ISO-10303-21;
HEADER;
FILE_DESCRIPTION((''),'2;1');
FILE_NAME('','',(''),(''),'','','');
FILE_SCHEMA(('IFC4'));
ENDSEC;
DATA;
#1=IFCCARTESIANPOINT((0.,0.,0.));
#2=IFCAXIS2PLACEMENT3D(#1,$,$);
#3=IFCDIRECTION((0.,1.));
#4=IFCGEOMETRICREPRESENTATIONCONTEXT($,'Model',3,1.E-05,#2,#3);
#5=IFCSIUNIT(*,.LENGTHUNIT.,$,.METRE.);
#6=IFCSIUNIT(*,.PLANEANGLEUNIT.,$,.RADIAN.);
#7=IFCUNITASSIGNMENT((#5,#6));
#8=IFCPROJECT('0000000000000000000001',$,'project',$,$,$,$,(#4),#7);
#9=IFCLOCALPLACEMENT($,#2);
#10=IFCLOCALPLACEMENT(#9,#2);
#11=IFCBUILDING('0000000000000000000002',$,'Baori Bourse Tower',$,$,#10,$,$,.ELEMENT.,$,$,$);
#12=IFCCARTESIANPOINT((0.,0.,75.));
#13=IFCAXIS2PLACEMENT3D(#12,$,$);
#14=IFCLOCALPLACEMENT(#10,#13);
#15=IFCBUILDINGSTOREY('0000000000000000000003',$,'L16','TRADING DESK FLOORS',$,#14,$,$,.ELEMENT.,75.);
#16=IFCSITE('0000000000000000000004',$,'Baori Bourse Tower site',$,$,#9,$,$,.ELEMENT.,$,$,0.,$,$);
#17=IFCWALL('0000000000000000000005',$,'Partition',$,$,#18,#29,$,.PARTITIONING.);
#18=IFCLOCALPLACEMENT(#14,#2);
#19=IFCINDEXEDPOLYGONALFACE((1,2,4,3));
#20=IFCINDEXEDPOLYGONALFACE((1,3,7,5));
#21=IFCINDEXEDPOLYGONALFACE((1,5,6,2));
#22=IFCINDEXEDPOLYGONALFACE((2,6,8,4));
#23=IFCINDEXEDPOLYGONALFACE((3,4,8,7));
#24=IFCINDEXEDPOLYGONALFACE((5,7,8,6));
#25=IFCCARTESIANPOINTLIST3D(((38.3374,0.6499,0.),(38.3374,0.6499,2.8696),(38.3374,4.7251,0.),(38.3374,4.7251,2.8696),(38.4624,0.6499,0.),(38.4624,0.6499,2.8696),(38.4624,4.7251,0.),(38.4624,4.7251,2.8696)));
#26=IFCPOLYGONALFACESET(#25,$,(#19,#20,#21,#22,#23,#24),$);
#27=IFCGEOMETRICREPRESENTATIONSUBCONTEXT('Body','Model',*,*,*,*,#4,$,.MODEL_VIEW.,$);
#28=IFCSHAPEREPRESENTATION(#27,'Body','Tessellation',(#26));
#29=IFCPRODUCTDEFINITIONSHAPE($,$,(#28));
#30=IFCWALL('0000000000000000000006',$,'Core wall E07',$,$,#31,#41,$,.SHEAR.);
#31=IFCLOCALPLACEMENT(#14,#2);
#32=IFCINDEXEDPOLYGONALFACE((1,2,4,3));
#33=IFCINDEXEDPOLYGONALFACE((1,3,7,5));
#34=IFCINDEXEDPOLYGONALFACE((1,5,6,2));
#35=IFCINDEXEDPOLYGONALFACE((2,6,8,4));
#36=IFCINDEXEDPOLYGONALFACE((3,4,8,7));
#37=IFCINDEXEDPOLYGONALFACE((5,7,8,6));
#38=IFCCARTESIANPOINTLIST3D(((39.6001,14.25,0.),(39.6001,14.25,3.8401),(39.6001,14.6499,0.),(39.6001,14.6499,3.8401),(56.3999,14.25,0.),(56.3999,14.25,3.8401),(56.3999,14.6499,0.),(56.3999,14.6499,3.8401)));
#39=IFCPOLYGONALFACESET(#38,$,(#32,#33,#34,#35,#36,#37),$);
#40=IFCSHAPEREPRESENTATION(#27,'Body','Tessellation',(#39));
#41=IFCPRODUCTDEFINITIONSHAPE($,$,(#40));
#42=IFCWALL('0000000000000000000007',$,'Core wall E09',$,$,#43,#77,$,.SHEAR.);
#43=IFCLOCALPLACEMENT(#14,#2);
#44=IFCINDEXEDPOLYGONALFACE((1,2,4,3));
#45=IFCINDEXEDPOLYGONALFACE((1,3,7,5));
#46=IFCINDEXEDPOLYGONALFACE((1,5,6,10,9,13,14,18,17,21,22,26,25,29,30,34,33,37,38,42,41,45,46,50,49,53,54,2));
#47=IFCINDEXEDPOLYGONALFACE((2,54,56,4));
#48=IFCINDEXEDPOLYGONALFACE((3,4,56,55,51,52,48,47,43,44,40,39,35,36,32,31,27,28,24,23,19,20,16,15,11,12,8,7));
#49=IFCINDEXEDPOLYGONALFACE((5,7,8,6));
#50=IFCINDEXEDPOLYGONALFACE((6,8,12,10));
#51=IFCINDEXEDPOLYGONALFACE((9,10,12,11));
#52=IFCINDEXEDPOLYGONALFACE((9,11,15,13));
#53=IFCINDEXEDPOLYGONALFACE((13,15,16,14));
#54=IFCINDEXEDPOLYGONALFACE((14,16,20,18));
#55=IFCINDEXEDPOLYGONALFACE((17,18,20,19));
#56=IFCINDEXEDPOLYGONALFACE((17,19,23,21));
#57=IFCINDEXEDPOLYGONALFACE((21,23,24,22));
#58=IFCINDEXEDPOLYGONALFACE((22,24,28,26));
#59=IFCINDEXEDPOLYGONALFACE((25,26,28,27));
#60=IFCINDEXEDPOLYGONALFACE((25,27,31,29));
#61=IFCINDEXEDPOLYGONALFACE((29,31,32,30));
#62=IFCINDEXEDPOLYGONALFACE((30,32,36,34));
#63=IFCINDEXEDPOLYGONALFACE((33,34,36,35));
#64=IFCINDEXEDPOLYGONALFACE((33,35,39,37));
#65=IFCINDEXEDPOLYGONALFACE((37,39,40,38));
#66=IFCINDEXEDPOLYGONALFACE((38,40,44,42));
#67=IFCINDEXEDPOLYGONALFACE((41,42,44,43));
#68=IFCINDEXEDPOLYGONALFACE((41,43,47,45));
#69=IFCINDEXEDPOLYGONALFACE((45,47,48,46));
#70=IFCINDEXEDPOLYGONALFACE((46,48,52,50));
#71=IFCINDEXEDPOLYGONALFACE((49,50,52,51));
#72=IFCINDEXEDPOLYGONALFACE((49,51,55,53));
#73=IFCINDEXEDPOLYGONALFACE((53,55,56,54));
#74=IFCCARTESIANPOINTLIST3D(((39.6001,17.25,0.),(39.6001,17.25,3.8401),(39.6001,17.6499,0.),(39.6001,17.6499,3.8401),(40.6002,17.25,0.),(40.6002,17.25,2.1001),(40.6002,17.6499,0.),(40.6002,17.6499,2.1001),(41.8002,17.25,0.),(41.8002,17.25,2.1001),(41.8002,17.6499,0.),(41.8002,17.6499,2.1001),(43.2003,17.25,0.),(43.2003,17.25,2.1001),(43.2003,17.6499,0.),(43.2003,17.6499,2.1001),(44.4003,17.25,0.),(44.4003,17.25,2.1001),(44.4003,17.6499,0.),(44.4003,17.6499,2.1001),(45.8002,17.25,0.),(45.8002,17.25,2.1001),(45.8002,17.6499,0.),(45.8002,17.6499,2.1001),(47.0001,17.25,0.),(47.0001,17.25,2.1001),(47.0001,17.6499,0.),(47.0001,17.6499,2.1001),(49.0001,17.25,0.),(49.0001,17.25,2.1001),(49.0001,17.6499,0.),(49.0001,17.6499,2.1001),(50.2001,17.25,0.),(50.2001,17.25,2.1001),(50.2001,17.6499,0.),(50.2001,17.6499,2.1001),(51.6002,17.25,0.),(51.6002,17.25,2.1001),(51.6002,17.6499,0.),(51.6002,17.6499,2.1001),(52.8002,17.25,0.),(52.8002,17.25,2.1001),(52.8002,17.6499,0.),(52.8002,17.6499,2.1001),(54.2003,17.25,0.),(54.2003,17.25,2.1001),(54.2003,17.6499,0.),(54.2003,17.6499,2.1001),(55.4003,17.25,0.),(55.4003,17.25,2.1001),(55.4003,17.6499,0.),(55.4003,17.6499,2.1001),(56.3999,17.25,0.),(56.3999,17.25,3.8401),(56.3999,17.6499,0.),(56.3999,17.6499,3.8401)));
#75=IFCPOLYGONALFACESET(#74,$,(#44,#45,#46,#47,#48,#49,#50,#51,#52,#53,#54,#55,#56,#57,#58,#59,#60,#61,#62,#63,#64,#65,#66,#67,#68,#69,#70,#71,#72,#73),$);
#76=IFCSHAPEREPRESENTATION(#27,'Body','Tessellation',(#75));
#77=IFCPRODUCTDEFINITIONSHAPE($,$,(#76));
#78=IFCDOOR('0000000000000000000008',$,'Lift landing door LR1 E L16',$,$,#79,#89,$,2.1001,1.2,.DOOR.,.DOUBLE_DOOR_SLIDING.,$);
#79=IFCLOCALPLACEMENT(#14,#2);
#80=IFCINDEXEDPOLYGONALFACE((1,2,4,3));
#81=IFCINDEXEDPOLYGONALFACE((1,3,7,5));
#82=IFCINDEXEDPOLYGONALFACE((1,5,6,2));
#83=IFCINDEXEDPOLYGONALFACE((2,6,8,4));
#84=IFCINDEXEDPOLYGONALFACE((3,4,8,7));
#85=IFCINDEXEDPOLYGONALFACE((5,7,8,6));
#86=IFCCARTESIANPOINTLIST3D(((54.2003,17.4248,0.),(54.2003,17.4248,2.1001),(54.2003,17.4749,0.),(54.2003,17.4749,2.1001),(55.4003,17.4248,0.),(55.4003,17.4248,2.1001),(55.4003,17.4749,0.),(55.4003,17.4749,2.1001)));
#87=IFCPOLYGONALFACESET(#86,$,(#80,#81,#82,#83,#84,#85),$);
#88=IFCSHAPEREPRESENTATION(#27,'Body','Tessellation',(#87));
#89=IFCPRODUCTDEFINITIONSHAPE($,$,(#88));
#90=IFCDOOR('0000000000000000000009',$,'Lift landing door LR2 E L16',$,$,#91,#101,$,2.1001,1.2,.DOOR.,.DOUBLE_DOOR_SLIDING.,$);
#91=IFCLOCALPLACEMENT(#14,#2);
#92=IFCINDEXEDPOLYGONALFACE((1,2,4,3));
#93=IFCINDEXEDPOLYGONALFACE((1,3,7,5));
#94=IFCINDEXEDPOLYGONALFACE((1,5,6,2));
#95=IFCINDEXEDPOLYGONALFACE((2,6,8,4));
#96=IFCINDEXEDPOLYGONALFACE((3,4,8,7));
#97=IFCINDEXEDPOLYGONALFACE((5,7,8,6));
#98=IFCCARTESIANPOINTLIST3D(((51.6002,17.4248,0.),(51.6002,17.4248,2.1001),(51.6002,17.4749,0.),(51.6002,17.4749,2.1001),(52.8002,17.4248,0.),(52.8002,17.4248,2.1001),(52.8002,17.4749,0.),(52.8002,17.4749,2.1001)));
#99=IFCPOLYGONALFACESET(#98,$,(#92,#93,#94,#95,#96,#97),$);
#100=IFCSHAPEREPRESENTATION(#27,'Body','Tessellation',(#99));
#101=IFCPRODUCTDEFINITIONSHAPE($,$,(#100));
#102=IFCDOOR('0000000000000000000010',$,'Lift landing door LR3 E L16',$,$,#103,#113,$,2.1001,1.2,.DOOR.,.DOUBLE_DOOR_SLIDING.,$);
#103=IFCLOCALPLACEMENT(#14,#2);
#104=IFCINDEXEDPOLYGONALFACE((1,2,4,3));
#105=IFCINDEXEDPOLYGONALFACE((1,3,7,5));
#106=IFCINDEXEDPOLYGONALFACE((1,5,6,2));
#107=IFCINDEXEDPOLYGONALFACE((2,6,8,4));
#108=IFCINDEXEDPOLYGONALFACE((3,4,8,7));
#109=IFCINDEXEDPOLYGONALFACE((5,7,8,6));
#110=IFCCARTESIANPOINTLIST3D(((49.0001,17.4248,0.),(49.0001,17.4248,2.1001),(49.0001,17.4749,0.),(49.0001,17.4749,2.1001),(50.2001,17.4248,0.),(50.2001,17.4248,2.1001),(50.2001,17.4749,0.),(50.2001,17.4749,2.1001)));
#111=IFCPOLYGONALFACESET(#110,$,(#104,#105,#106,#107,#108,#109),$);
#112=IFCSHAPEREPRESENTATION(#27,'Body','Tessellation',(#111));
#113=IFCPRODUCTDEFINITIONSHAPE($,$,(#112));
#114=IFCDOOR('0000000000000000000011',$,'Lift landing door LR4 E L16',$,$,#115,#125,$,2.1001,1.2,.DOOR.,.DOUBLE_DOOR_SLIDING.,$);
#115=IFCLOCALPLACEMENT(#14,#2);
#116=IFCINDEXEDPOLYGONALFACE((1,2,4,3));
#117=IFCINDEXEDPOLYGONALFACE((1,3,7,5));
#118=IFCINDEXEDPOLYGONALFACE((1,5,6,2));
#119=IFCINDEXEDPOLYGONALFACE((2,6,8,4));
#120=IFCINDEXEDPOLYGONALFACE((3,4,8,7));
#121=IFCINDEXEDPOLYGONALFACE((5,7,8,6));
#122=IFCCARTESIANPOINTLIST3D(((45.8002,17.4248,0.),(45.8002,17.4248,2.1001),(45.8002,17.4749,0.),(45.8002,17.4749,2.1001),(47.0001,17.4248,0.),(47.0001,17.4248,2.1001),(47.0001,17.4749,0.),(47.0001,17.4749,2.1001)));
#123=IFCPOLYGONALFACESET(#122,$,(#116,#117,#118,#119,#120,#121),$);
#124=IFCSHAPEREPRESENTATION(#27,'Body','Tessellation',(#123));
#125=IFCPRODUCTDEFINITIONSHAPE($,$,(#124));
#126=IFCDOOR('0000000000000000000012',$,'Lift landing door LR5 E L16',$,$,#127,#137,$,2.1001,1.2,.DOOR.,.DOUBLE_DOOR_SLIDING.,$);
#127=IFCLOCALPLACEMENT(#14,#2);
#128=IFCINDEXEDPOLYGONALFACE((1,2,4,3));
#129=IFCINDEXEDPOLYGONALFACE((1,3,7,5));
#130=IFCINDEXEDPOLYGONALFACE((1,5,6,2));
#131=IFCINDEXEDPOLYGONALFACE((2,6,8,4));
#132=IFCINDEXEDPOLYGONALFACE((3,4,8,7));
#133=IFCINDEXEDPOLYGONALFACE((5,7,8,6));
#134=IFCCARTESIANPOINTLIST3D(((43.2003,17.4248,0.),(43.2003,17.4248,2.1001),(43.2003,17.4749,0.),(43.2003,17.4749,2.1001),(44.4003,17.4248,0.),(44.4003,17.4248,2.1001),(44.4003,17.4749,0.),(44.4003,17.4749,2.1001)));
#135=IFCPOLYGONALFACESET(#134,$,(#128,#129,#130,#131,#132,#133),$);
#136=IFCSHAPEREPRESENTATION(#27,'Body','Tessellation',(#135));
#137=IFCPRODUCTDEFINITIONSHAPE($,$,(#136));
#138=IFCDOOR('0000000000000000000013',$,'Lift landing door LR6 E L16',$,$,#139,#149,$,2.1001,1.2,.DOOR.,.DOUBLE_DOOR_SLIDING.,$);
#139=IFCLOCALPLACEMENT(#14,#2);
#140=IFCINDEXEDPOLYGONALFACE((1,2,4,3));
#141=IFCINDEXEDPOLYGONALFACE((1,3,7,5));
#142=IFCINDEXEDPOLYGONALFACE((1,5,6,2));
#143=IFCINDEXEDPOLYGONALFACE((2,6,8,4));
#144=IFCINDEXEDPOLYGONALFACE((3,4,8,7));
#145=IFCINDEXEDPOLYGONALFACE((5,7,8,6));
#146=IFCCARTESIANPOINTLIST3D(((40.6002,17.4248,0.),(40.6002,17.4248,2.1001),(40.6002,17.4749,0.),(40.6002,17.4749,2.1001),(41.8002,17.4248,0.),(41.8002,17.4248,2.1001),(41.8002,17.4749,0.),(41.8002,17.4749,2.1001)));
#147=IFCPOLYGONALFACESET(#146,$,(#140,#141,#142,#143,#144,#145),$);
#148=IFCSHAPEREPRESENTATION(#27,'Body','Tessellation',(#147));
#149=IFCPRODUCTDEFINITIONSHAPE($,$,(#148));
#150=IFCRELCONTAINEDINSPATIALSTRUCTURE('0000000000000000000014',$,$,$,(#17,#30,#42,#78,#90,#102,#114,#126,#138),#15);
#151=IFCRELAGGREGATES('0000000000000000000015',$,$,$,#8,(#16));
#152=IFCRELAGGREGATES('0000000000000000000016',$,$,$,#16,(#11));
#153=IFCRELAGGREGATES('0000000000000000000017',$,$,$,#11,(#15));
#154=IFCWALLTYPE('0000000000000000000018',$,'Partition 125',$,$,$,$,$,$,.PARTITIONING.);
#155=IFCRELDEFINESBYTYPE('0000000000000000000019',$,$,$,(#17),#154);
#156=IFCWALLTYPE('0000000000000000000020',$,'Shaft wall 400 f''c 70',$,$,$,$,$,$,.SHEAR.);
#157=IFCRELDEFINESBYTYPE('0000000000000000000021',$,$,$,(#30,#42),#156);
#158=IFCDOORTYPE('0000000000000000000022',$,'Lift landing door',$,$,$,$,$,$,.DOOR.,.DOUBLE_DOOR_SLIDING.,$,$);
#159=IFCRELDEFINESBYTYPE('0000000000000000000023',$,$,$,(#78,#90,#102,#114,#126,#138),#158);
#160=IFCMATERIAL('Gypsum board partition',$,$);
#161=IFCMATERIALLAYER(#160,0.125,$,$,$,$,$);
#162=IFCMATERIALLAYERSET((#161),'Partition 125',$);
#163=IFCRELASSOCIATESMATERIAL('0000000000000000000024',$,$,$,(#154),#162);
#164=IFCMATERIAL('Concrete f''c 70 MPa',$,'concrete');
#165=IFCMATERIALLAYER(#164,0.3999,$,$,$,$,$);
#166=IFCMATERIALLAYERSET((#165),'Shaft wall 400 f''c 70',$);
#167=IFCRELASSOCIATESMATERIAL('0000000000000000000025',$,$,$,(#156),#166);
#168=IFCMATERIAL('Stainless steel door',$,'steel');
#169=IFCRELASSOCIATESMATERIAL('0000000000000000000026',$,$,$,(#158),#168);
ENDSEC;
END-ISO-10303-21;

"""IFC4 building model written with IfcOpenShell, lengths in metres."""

from ifc_helpers import new_model, si_unit, direction, frame, frame_2d, origin, place, context, subcontext, project, spatial, rectangle, extrude, material, layer, layer_set, type_object, element, fill, save


model = new_model("IFC4")

# Units and contexts
model_context = context("Model", 3, precision=1e-05, world=origin(), true_north=direction((0.0, 1.0)))
body_context = subcontext(model_context, "Body", "Model", "MODEL_VIEW")
ifc_project = project(units=[si_unit("LENGTHUNIT", "METRE"), si_unit("PLANEANGLEUNIT", "RADIAN")], contexts=[model_context])

# Site, building, storey
site_placement = place(None, origin())
site = spatial("IfcSite", under=ifc_project, at=site_placement, Name="Baori Bourse Tower site", CompositionType="ELEMENT", RefElevation=0.0)
building_placement = place(site_placement, origin())
building = spatial("IfcBuilding", under=site, at=building_placement, Name="Baori Bourse Tower", CompositionType="ELEMENT")
storey_placement = place(building_placement, frame((0.0, 0.0, 75.0)))
storey = spatial("IfcBuildingStorey", under=building, at=storey_placement, Name="L16", Description="TRADING DESK FLOORS", CompositionType="ELEMENT", Elevation=75.0)

# Walls
ifc_material_1 = material(Name="Gypsum board partition")
ifc_layer_1 = layer(ifc_material_1, 0.125)
ifc_layer_set_1 = layer_set([ifc_layer_1], Name="Partition 125")
wall_type_1 = type_object("IfcWallType", Name="Partition 125", PredefinedType="PARTITIONING", material=ifc_layer_set_1)
wall_1_placement = place(storey_placement, frame((38.3999, 0.6499, 0.0), z_axis=(0.0, 0.0, 1.0), x_axis=(0.0, 1.0, 0.0)))
element("IfcWall", 1, at=wall_1_placement, inside=storey, type_object=wall_type_1, Name="Partition", PredefinedType="PARTITIONING", context=body_context, shape_type="SweptSolid", body=[
    extrude(rectangle(XDim=4.0752, YDim=0.125, at=frame_2d((2.0376, 0.0))), origin(), (0.0, 0.0, 1.0), 2.8696),
])
ifc_material_2 = material(Name="Concrete f'c 70 MPa", Category="concrete")
ifc_layer_2 = layer(ifc_material_2, 0.3999)
ifc_layer_set_2 = layer_set([ifc_layer_2], Name="Shaft wall 400 f'c 70")
wall_type_2 = type_object("IfcWallType", Name="Shaft wall 400 f'c 70", PredefinedType="SHEAR", material=ifc_layer_set_2)
wall_2_placement = place(storey_placement, frame((39.6001, 14.45, 0.0), z_axis=(0.0, 0.0, 1.0), x_axis=(1.0, 0.0, 0.0)))
element("IfcWall", 2, at=wall_2_placement, inside=storey, type_object=wall_type_2, Name="Core wall E07", PredefinedType="SHEAR", context=body_context, shape_type="SweptSolid", body=[
    extrude(rectangle(XDim=16.7998, YDim=0.3999, at=frame_2d((8.3999, 0.0))), origin(), (0.0, 0.0, 1.0), 3.8401),
])

# Wall, openings, doors
wall_3_placement = place(storey_placement, frame((39.6001, 17.45, 0.0), z_axis=(0.0, 0.0, 1.0), x_axis=(1.0, 0.0, 0.0)))
wall_3 = element("IfcWall", 3, at=wall_3_placement, inside=storey, type_object=wall_type_2, Name="Core wall E09", PredefinedType="SHEAR", context=body_context, shape_type="SweptSolid", body=[
    extrude(rectangle(XDim=16.7998, YDim=0.3999, at=frame_2d((8.3999, 0.0))), origin(), (0.0, 0.0, 1.0), 3.8401),
])
opening_1_placement = place(wall_3_placement, frame((14.6001, 0.0, 0.0)))
opening_1 = element("IfcOpeningElement", 4, at=opening_1_placement, cuts=wall_3, PredefinedType="OPENING", context=body_context, shape_type="SweptSolid", body=[
    extrude(rectangle(XDim=1.2, YDim=2.1001, at=frame_2d((0.6001, 1.05))), frame((0.0, 0.21, 0.0), z_axis=(0.0, -1.0, 0.0), x_axis=(1.0, 0.0, 0.0)), (0.0, 0.0, 1.0), 0.4199),
])
opening_2_placement = place(wall_3_placement, frame((12.0, 0.0, 0.0)))
opening_2 = element("IfcOpeningElement", 5, at=opening_2_placement, cuts=wall_3, PredefinedType="OPENING", context=body_context, shape_type="SweptSolid", body=[
    extrude(rectangle(XDim=1.2, YDim=2.1001, at=frame_2d((0.6001, 1.05))), frame((0.0, 0.21, 0.0), z_axis=(0.0, -1.0, 0.0), x_axis=(1.0, 0.0, 0.0)), (0.0, 0.0, 1.0), 0.4199),
])
opening_3_placement = place(wall_3_placement, frame((9.3999, 0.0, 0.0)))
opening_3 = element("IfcOpeningElement", 6, at=opening_3_placement, cuts=wall_3, PredefinedType="OPENING", context=body_context, shape_type="SweptSolid", body=[
    extrude(rectangle(XDim=1.2, YDim=2.1001, at=frame_2d((0.6001, 1.05))), frame((0.0, 0.21, 0.0), z_axis=(0.0, -1.0, 0.0), x_axis=(1.0, 0.0, 0.0)), (0.0, 0.0, 1.0), 0.4199),
])
opening_4_placement = place(wall_3_placement, frame((6.2, 0.0, 0.0)))
opening_4 = element("IfcOpeningElement", 7, at=opening_4_placement, cuts=wall_3, PredefinedType="OPENING", context=body_context, shape_type="SweptSolid", body=[
    extrude(rectangle(XDim=1.2, YDim=2.1001, at=frame_2d((0.6001, 1.05))), frame((0.0, 0.21, 0.0), z_axis=(0.0, -1.0, 0.0), x_axis=(1.0, 0.0, 0.0)), (0.0, 0.0, 1.0), 0.4199),
])
opening_5_placement = place(wall_3_placement, frame((3.6001, 0.0, 0.0)))
opening_5 = element("IfcOpeningElement", 8, at=opening_5_placement, cuts=wall_3, PredefinedType="OPENING", context=body_context, shape_type="SweptSolid", body=[
    extrude(rectangle(XDim=1.2, YDim=2.1001, at=frame_2d((0.6001, 1.05))), frame((0.0, 0.21, 0.0), z_axis=(0.0, -1.0, 0.0), x_axis=(1.0, 0.0, 0.0)), (0.0, 0.0, 1.0), 0.4199),
])
opening_6_placement = place(wall_3_placement, frame((1.0, 0.0, 0.0)))
opening_6 = element("IfcOpeningElement", 9, at=opening_6_placement, cuts=wall_3, PredefinedType="OPENING", context=body_context, shape_type="SweptSolid", body=[
    extrude(rectangle(XDim=1.2, YDim=2.1001, at=frame_2d((0.6001, 1.05))), frame((0.0, 0.21, 0.0), z_axis=(0.0, -1.0, 0.0), x_axis=(1.0, 0.0, 0.0)), (0.0, 0.0, 1.0), 0.4199),
])
ifc_material_3 = material(Name="Stainless steel door", Category="steel")
door_type_1 = type_object("IfcDoorType", Name="Lift landing door", OperationType="DOUBLE_DOOR_SLIDING", PredefinedType="DOOR", material=ifc_material_3)
door_1_placement = place(opening_1_placement, origin())
door_1 = element("IfcDoor", 10, at=door_1_placement, inside=storey, type_object=door_type_1, Name="Lift landing door LR1 E L16", OperationType="DOUBLE_DOOR_SLIDING", OverallHeight=2.1001, OverallWidth=1.2, PredefinedType="DOOR", context=body_context, shape_type="SweptSolid", body=[
    extrude(rectangle(XDim=1.2, YDim=2.1001, at=frame_2d((0.6001, 1.05))), frame((0.0, 0.0249, 0.0), z_axis=(0.0, -1.0, 0.0), x_axis=(1.0, 0.0, 0.0)), (0.0, 0.0, 1.0), 0.05),
])
fill(opening_1, door_1)
door_2_placement = place(opening_2_placement, origin())
door_2 = element("IfcDoor", 11, at=door_2_placement, inside=storey, type_object=door_type_1, Name="Lift landing door LR2 E L16", OperationType="DOUBLE_DOOR_SLIDING", OverallHeight=2.1001, OverallWidth=1.2, PredefinedType="DOOR", context=body_context, shape_type="SweptSolid", body=[
    extrude(rectangle(XDim=1.2, YDim=2.1001, at=frame_2d((0.6001, 1.05))), frame((0.0, 0.0249, 0.0), z_axis=(0.0, -1.0, 0.0), x_axis=(1.0, 0.0, 0.0)), (0.0, 0.0, 1.0), 0.05),
])
fill(opening_2, door_2)
door_3_placement = place(opening_3_placement, origin())
door_3 = element("IfcDoor", 12, at=door_3_placement, inside=storey, type_object=door_type_1, Name="Lift landing door LR3 E L16", OperationType="DOUBLE_DOOR_SLIDING", OverallHeight=2.1001, OverallWidth=1.2, PredefinedType="DOOR", context=body_context, shape_type="SweptSolid", body=[
    extrude(rectangle(XDim=1.2, YDim=2.1001, at=frame_2d((0.6001, 1.05))), frame((0.0, 0.0249, 0.0), z_axis=(0.0, -1.0, 0.0), x_axis=(1.0, 0.0, 0.0)), (0.0, 0.0, 1.0), 0.05),
])
fill(opening_3, door_3)
door_4_placement = place(opening_4_placement, origin())
door_4 = element("IfcDoor", 13, at=door_4_placement, inside=storey, type_object=door_type_1, Name="Lift landing door LR4 E L16", OperationType="DOUBLE_DOOR_SLIDING", OverallHeight=2.1001, OverallWidth=1.2, PredefinedType="DOOR", context=body_context, shape_type="SweptSolid", body=[
    extrude(rectangle(XDim=1.2, YDim=2.1001, at=frame_2d((0.6001, 1.05))), frame((0.0, 0.0249, 0.0), z_axis=(0.0, -1.0, 0.0), x_axis=(1.0, 0.0, 0.0)), (0.0, 0.0, 1.0), 0.05),
])
fill(opening_4, door_4)
door_5_placement = place(opening_5_placement, origin())
door_5 = element("IfcDoor", 14, at=door_5_placement, inside=storey, type_object=door_type_1, Name="Lift landing door LR5 E L16", OperationType="DOUBLE_DOOR_SLIDING", OverallHeight=2.1001, OverallWidth=1.2, PredefinedType="DOOR", context=body_context, shape_type="SweptSolid", body=[
    extrude(rectangle(XDim=1.2, YDim=2.1001, at=frame_2d((0.6001, 1.05))), frame((0.0, 0.0249, 0.0), z_axis=(0.0, -1.0, 0.0), x_axis=(1.0, 0.0, 0.0)), (0.0, 0.0, 1.0), 0.05),
])
fill(opening_5, door_5)
door_6_placement = place(opening_6_placement, origin())
door_6 = element("IfcDoor", 15, at=door_6_placement, inside=storey, type_object=door_type_1, Name="Lift landing door LR6 E L16", OperationType="DOUBLE_DOOR_SLIDING", OverallHeight=2.1001, OverallWidth=1.2, PredefinedType="DOOR", context=body_context, shape_type="SweptSolid", body=[
    extrude(rectangle(XDim=1.2, YDim=2.1001, at=frame_2d((0.6001, 1.05))), frame((0.0, 0.0249, 0.0), z_axis=(0.0, -1.0, 0.0), x_axis=(1.0, 0.0, 0.0)), (0.0, 0.0, 1.0), 0.05),
])
fill(opening_6, door_6)

save(model, "model.ifc")
